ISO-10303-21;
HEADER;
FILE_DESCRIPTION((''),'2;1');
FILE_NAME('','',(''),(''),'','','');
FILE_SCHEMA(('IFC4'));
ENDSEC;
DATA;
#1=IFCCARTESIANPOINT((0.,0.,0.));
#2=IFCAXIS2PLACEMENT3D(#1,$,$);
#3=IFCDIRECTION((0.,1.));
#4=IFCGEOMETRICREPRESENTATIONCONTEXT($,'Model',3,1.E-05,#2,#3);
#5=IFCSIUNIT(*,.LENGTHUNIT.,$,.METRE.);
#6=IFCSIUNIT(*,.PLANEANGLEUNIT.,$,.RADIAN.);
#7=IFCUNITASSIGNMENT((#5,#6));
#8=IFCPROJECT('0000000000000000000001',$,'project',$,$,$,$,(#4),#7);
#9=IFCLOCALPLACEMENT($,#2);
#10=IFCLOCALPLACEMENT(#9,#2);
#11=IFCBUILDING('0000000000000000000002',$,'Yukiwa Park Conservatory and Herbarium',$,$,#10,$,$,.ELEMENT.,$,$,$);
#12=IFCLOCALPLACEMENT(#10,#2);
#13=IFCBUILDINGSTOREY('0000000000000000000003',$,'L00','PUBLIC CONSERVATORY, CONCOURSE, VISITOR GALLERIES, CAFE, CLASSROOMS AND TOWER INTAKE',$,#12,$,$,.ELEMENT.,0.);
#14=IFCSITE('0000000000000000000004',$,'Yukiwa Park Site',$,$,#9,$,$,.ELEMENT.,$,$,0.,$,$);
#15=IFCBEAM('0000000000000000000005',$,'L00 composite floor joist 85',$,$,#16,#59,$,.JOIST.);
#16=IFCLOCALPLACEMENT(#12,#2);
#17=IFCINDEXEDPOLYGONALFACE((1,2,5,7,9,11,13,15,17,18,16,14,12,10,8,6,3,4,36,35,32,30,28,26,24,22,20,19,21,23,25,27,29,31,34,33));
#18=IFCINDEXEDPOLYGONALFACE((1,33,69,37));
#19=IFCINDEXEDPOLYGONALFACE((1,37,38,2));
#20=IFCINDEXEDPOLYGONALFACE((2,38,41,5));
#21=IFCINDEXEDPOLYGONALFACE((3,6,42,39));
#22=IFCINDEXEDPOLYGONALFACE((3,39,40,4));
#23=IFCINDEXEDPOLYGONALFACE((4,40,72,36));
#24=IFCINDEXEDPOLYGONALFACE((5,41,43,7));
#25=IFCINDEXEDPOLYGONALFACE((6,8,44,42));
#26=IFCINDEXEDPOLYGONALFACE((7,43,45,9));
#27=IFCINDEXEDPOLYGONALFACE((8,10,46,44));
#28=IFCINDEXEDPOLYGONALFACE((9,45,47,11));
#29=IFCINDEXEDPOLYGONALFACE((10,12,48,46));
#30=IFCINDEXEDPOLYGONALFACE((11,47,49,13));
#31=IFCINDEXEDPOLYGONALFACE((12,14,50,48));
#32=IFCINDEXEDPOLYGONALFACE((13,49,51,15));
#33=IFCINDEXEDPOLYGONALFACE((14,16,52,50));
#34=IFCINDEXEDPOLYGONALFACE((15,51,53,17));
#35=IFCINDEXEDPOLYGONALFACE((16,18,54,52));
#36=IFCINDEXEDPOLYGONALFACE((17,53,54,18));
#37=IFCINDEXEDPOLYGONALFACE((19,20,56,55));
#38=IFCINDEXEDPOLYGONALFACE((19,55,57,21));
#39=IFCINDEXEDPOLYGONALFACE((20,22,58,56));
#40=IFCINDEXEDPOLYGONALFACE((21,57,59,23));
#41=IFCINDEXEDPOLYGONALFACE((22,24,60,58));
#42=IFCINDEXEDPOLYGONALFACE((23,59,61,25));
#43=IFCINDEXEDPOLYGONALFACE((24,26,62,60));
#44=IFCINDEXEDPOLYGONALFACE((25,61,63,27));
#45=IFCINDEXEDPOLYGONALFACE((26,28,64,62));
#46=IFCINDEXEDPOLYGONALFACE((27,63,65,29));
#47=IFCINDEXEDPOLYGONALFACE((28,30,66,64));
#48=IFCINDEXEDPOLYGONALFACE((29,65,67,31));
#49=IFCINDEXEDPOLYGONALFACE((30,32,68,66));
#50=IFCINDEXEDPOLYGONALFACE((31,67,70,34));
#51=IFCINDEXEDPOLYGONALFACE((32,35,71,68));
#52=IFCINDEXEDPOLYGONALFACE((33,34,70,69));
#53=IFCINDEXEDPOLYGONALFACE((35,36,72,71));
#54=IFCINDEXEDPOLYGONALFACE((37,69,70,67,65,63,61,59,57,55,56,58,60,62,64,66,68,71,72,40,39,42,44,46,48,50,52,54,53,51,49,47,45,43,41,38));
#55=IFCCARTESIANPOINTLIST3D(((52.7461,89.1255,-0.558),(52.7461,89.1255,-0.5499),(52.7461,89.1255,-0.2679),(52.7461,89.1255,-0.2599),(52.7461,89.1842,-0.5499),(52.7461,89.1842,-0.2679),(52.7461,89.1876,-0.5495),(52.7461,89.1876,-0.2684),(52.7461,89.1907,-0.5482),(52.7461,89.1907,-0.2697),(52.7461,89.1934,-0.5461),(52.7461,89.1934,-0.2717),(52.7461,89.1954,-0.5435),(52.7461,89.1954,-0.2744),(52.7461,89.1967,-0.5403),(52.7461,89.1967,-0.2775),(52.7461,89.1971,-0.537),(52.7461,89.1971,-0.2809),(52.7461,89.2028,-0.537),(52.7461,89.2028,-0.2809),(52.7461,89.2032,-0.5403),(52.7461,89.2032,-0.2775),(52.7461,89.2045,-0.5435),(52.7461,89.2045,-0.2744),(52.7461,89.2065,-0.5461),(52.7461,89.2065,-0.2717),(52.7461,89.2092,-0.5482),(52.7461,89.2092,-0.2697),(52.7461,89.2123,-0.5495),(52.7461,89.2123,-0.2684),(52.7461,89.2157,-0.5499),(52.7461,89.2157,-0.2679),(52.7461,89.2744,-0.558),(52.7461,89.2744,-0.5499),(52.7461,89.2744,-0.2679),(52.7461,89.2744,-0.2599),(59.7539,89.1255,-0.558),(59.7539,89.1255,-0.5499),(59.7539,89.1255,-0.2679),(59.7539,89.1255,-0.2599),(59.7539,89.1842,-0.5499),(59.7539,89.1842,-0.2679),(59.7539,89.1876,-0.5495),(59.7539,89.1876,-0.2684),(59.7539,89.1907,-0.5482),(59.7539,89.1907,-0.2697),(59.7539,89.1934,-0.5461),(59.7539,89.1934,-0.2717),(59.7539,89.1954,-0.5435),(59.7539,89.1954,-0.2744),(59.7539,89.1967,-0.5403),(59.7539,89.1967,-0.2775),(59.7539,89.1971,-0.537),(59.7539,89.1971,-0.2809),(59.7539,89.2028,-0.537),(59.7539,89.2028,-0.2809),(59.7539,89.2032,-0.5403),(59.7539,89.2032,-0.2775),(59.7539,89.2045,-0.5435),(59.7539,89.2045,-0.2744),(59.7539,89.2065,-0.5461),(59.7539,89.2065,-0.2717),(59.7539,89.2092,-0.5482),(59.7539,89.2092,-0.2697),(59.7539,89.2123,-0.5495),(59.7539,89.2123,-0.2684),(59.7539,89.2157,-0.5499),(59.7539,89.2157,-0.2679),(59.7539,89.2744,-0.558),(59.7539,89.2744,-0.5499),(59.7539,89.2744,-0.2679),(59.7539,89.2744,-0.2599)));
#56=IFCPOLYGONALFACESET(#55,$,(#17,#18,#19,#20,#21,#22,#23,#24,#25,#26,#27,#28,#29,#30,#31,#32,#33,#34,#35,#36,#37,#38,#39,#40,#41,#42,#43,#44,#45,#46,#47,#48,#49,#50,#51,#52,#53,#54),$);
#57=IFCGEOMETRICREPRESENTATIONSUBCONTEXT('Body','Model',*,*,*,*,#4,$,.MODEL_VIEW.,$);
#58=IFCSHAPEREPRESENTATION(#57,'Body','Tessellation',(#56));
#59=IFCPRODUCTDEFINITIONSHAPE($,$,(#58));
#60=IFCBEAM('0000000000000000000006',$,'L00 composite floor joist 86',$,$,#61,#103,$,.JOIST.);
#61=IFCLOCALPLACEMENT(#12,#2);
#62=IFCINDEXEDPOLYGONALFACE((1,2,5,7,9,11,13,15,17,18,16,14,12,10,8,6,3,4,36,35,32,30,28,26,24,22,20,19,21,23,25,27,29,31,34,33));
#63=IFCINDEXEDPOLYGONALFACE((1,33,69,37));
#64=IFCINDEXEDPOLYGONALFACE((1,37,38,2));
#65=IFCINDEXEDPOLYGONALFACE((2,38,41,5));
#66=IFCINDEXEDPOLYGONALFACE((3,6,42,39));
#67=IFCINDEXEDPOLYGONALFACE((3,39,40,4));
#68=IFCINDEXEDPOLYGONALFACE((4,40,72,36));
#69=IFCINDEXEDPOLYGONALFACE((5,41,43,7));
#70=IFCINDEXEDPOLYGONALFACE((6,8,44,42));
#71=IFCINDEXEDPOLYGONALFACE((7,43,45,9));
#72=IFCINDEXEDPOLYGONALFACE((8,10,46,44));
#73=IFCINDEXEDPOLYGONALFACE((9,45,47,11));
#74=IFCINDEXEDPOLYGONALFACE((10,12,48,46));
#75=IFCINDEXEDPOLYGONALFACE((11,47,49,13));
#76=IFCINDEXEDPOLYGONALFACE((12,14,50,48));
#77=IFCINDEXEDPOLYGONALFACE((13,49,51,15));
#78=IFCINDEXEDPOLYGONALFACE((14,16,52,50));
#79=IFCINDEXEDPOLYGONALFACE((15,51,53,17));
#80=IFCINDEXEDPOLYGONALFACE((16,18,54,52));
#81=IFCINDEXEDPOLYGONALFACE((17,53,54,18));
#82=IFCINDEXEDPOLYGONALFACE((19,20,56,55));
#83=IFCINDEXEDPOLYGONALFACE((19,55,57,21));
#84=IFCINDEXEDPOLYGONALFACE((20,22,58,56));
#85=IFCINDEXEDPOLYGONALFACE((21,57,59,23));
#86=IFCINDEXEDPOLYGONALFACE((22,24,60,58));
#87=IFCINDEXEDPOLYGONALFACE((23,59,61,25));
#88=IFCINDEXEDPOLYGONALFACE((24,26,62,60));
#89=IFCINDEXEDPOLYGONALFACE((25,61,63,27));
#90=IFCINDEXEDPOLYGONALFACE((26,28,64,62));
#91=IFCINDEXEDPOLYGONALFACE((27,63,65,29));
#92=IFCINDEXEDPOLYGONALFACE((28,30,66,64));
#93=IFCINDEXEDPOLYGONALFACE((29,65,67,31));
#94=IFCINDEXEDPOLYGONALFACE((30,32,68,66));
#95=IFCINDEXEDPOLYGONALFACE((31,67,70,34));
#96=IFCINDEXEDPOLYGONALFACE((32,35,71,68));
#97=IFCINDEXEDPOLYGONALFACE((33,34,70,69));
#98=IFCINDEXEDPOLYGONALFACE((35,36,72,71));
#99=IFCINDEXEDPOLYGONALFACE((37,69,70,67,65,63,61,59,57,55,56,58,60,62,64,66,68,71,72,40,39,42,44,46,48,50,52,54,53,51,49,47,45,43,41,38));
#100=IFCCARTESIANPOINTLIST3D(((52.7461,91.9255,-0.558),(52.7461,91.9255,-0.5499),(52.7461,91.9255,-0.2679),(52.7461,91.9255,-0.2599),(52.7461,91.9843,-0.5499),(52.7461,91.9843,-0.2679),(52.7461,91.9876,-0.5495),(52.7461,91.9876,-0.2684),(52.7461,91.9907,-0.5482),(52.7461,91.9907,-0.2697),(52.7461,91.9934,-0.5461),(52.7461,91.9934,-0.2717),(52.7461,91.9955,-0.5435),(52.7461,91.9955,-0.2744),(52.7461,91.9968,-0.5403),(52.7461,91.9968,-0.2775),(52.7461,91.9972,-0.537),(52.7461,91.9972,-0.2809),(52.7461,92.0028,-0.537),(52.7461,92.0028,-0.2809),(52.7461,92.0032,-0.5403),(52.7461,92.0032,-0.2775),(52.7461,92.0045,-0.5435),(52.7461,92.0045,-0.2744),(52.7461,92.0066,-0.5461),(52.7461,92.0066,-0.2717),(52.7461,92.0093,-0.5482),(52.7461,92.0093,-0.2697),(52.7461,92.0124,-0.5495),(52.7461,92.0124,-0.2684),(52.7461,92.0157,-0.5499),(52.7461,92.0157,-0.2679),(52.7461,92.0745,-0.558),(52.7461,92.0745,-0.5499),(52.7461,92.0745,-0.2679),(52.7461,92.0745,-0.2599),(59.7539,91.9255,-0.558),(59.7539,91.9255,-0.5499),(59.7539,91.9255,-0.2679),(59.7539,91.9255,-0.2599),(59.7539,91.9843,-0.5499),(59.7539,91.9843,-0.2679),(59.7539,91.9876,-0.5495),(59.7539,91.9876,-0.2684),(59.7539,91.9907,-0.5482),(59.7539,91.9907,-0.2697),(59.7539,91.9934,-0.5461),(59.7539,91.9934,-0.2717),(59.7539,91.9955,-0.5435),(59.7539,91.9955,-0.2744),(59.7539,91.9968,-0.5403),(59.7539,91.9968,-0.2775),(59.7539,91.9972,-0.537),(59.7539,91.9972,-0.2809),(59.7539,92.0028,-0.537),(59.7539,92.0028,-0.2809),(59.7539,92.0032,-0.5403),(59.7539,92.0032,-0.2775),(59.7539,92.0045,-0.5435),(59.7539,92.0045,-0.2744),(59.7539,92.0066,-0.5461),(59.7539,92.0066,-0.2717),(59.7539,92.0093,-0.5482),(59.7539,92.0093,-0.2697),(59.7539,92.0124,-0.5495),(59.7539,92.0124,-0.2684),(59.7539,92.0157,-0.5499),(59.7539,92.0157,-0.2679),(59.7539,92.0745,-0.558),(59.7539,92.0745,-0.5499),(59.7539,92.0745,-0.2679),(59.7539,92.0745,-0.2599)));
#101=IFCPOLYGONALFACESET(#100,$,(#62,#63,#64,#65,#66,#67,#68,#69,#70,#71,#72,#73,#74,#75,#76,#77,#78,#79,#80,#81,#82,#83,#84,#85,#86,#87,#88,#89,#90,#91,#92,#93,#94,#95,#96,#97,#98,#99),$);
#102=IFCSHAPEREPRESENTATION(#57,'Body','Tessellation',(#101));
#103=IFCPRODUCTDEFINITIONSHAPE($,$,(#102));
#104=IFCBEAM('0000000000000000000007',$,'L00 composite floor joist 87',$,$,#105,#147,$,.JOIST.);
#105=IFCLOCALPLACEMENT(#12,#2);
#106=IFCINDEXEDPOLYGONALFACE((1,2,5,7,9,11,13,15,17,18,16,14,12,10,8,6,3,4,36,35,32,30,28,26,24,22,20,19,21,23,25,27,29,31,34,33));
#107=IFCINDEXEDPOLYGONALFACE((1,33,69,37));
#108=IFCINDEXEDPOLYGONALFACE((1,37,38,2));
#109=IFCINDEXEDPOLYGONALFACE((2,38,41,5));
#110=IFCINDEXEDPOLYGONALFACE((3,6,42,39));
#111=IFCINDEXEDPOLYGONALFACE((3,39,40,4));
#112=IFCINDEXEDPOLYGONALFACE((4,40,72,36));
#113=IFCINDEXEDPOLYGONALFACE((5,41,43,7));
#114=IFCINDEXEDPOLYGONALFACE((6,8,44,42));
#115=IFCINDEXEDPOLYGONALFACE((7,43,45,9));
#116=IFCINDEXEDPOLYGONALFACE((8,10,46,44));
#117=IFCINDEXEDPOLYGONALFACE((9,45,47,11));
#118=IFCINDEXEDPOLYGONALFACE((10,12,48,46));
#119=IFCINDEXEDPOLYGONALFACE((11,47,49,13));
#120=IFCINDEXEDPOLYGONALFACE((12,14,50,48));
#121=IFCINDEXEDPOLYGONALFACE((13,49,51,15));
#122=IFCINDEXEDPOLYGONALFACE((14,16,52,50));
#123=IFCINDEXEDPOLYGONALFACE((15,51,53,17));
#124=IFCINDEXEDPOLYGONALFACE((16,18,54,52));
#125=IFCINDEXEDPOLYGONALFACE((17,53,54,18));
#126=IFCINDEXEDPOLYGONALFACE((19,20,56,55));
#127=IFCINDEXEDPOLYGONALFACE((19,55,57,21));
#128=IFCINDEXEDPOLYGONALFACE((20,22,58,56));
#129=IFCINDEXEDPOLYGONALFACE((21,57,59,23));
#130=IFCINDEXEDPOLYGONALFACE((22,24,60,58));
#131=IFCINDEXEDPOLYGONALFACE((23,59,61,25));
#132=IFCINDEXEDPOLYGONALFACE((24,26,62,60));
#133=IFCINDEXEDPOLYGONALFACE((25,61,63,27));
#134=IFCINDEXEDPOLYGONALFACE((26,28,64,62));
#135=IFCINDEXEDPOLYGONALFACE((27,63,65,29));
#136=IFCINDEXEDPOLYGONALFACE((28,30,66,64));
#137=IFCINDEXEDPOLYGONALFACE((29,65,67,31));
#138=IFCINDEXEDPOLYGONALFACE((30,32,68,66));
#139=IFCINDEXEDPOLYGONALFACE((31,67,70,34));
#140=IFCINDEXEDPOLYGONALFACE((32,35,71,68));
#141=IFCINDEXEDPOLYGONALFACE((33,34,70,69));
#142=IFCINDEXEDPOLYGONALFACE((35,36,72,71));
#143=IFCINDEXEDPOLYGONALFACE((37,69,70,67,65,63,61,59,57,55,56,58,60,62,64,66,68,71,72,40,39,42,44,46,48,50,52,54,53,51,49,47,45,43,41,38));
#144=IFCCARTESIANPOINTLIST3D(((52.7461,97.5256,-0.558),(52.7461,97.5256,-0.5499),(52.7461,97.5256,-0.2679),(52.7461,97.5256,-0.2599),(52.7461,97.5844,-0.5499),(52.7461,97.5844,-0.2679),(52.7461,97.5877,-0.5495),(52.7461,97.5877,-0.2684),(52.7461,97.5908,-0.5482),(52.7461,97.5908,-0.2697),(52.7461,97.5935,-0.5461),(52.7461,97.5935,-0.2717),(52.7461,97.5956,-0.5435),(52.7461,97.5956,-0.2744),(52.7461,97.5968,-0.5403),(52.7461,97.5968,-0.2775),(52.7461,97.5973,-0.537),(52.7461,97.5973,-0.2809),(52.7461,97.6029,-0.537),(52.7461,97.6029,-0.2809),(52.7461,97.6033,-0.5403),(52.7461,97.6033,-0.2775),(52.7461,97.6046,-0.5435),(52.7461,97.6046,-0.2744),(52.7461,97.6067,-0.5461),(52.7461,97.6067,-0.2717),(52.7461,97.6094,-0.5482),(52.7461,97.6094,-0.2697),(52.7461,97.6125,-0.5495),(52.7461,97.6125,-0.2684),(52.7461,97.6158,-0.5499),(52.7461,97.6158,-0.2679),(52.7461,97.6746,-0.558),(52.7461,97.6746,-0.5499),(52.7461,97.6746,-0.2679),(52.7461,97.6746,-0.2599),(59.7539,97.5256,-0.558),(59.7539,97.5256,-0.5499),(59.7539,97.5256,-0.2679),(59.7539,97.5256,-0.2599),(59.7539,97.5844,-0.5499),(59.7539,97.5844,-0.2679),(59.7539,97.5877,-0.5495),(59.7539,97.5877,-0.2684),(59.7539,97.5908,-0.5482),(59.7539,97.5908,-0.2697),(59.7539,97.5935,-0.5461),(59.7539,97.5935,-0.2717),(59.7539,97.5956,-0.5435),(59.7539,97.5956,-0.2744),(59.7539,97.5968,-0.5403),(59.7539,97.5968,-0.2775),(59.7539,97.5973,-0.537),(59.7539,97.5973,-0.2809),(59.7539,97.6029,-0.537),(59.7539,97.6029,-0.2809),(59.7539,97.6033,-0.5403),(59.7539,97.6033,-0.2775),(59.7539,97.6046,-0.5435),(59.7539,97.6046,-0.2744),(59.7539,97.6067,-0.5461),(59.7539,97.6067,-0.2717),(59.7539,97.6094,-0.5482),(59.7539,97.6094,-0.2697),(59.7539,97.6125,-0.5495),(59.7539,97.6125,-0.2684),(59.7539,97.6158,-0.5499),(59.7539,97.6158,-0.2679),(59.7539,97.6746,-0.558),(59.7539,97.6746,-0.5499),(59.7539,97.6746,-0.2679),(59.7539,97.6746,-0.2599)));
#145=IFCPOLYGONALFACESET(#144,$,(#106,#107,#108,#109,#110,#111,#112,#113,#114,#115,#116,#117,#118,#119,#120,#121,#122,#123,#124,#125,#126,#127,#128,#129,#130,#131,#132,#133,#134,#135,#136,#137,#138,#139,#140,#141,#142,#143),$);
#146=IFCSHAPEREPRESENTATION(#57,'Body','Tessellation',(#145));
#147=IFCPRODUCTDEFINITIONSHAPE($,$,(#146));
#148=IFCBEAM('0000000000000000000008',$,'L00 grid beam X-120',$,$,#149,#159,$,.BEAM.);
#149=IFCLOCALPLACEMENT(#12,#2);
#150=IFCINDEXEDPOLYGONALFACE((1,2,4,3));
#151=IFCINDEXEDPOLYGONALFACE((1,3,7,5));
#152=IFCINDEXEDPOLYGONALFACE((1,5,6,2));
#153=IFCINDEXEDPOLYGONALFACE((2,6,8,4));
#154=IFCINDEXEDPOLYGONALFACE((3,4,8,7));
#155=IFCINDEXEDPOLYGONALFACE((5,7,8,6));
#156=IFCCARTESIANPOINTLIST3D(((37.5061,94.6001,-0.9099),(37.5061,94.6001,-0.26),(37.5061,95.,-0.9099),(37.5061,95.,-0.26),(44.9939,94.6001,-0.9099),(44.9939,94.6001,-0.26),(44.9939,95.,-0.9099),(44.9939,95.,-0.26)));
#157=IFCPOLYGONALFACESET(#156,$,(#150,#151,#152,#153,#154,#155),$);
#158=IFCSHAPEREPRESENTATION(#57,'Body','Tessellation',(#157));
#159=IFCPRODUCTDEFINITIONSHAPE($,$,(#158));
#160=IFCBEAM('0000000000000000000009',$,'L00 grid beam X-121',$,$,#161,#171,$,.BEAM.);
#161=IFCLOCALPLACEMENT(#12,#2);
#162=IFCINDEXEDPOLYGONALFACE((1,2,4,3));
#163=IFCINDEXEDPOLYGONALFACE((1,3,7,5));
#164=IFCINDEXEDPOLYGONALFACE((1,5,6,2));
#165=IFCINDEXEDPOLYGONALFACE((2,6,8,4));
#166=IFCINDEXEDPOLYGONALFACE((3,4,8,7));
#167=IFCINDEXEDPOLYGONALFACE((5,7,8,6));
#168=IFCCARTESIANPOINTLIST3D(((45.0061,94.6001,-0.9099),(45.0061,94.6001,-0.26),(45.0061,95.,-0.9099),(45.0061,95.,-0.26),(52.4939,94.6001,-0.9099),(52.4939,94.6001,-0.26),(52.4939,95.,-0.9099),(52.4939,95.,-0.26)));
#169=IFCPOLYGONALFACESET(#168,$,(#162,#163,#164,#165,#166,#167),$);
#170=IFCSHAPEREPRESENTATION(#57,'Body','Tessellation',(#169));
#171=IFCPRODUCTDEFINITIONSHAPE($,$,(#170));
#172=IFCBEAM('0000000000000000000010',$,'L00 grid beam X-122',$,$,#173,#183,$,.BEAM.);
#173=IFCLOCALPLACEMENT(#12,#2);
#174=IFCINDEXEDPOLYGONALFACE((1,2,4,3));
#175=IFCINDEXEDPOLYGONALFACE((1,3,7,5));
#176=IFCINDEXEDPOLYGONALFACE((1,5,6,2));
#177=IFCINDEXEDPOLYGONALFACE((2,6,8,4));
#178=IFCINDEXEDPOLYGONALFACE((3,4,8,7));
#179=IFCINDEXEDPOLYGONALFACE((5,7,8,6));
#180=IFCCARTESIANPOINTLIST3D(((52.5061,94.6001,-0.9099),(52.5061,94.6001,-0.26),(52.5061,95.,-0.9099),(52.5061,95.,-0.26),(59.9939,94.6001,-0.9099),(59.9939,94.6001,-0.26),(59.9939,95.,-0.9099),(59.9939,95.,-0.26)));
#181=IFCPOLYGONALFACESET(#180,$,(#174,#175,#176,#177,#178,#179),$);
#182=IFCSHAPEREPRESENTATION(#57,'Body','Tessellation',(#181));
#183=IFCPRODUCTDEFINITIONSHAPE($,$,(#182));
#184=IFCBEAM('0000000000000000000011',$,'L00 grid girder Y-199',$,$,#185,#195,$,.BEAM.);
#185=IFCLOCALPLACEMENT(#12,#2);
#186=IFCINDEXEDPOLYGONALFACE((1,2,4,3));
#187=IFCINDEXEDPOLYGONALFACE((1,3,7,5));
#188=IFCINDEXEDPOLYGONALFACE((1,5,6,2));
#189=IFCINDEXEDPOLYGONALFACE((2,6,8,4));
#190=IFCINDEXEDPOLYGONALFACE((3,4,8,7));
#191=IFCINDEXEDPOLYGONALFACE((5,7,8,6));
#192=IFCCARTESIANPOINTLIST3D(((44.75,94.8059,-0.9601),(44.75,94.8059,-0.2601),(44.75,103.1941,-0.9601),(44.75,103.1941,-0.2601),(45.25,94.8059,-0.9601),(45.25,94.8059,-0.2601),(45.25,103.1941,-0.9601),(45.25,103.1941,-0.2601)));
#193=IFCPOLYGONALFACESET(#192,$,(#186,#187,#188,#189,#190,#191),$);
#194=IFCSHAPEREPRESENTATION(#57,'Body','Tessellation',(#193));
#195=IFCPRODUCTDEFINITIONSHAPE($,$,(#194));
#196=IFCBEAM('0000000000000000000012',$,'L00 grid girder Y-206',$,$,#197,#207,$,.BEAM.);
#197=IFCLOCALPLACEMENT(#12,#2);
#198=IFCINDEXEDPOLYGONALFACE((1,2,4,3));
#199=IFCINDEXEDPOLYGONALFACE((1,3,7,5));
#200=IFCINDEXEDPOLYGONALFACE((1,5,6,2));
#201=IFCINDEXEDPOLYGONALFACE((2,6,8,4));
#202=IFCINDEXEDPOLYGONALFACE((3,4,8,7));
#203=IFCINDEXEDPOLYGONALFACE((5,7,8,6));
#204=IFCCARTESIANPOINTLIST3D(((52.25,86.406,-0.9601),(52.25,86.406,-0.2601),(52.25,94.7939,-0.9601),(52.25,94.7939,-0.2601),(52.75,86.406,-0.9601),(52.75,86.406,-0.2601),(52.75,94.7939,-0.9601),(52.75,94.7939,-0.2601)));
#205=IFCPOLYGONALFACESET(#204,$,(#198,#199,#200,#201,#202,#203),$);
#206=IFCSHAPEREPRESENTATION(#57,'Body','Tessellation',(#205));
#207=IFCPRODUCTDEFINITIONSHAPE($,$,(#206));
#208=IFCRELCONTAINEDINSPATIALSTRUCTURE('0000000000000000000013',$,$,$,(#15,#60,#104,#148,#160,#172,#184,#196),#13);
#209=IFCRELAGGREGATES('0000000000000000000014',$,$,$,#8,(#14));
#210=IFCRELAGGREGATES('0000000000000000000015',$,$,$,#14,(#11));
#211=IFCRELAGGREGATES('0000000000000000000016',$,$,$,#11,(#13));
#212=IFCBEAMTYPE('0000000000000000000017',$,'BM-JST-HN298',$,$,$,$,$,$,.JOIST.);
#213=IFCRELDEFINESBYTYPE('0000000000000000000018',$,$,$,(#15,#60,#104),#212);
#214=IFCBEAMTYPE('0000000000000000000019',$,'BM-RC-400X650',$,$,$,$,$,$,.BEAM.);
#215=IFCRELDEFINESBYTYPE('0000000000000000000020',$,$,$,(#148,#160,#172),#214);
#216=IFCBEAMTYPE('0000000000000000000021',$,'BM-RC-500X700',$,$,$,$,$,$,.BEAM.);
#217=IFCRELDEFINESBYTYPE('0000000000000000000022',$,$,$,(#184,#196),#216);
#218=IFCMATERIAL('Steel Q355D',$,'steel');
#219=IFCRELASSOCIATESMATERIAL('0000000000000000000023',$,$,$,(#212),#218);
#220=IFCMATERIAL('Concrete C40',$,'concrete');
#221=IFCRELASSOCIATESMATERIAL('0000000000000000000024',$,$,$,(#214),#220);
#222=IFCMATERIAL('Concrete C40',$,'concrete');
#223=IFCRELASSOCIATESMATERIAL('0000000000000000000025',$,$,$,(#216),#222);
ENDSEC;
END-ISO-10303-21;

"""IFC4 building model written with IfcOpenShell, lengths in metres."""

from ifc_helpers import new_model, si_unit, direction, frame, origin, origin_2d, place, context, subcontext, project, spatial, rectangle, i_section, extrude, material, material_profile, profile_set, type_object, element, save


model = new_model("IFC4")

# Units and contexts
model_context = context("Model", 3, precision=1e-05, world=origin(), true_north=direction((0.0, 1.0)))
body_context = subcontext(model_context, "Body", "Model", "MODEL_VIEW")
ifc_project = project(units=[si_unit("LENGTHUNIT", "METRE"), si_unit("PLANEANGLEUNIT", "RADIAN")], contexts=[model_context])

# Site, building, storey
site_placement = place(None, origin())
site = spatial("IfcSite", under=ifc_project, at=site_placement, Name="Yukiwa Park Site", CompositionType="ELEMENT", RefElevation=0.0)
building_placement = place(site_placement, origin())
building = spatial("IfcBuilding", under=site, at=building_placement, Name="Yukiwa Park Conservatory and Herbarium", CompositionType="ELEMENT")
storey_placement = place(building_placement, origin())
storey = spatial("IfcBuildingStorey", under=building, at=storey_placement, Name="L00", Description="PUBLIC CONSERVATORY, CONCOURSE, VISITOR GALLERIES, CAFE, CLASSROOMS AND TOWER INTAKE", CompositionType="ELEMENT", Elevation=0.0)

# Beams
ifc_material_1 = material(Name="Steel Q355D", Category="steel")
ifc_material_profile_1 = material_profile(ifc_material_1, i_section(OverallWidth=0.1489, OverallDepth=0.2981, WebThickness=0.0056, FlangeThickness=0.0081, FilletRadius=0.0129, at=origin_2d()), Name="HN 298x149x5.5x8")
ifc_profile_set_1 = profile_set([ifc_material_profile_1], Name="Steel Q355D")
beam_type_1 = type_object("IfcBeamType", Name="BM-JST-HN298", PredefinedType="JOIST", material=ifc_profile_set_1)
for number, where, z_axis, x_axis, name in (
    (1, (52.7461, 89.2, -0.4089), (1.0, 0.0, 0.0), (0.0, 1.0, 0.0), "L00 composite floor joist 85"),
    (2, (52.7461, 92.0, -0.4089), (1.0, 0.0, 0.0), (0.0, 1.0, 0.0), "L00 composite floor joist 86"),
    (3, (52.7461, 97.6001, -0.4089), (1.0, 0.0, 0.0), (0.0, 1.0, 0.0), "L00 composite floor joist 87"),
):
    element("IfcBeam", number, at=place(storey_placement, frame(where, z_axis=z_axis, x_axis=x_axis)), inside=storey, type_object=beam_type_1, Name=name, PredefinedType="JOIST", context=body_context, shape_type="SweptSolid", body=[
        extrude(i_section(OverallWidth=0.1489, OverallDepth=0.2981, WebThickness=0.0056, FlangeThickness=0.0081, FilletRadius=0.0129, at=origin_2d()), origin(), (0.0, 0.0, 1.0), 7.0078),
    ])
ifc_material_2 = material(Name="Concrete C40", Category="concrete")
ifc_material_profile_2 = material_profile(ifc_material_2, rectangle(XDim=0.3999, YDim=0.6499, at=origin_2d()), Name="RC 400x650")
ifc_profile_set_2 = profile_set([ifc_material_profile_2], Name="Concrete C40")
beam_type_2 = type_object("IfcBeamType", Name="BM-RC-400X650", PredefinedType="BEAM", material=ifc_profile_set_2)
for number, where, z_axis, x_axis, name in (
    (4, (37.5061, 94.8, -0.585), (1.0, 0.0, 0.0), (0.0, 1.0, 0.0), "L00 grid beam X-120"),
    (5, (45.0061, 94.8, -0.585), (1.0, 0.0, 0.0), (0.0, 1.0, 0.0), "L00 grid beam X-121"),
    (6, (52.5061, 94.8, -0.585), (1.0, 0.0, 0.0), (0.0, 1.0, 0.0), "L00 grid beam X-122"),
):
    element("IfcBeam", number, at=place(storey_placement, frame(where, z_axis=z_axis, x_axis=x_axis)), inside=storey, type_object=beam_type_2, Name=name, PredefinedType="BEAM", context=body_context, shape_type="SweptSolid", body=[
        extrude(rectangle(XDim=0.3999, YDim=0.6499, at=origin_2d()), origin(), (0.0, 0.0, 1.0), 7.4878),
    ])
ifc_material_3 = material(Name="Concrete C40", Category="concrete")
ifc_material_profile_3 = material_profile(ifc_material_3, rectangle(XDim=0.5, YDim=0.7, at=origin_2d()), Name="RC 500x700")
ifc_profile_set_3 = profile_set([ifc_material_profile_3], Name="Concrete C40")
beam_type_3 = type_object("IfcBeamType", Name="BM-RC-500X700", PredefinedType="BEAM", material=ifc_profile_set_3)
beam_1_placement = place(storey_placement, frame((45.0, 94.8059, -0.6101), z_axis=(0.0, 1.0, 0.0), x_axis=(-1.0, 0.0, 0.0)))
element("IfcBeam", 7, at=beam_1_placement, inside=storey, type_object=beam_type_3, Name="L00 grid girder Y-199", PredefinedType="BEAM", context=body_context, shape_type="SweptSolid", body=[
    extrude(rectangle(XDim=0.5, YDim=0.7, at=origin_2d()), origin(), (0.0, 0.0, 1.0), 8.3882),
])
beam_2_placement = place(storey_placement, frame((52.5, 86.406, -0.6101), z_axis=(0.0, 1.0, 0.0), x_axis=(-1.0, 0.0, 0.0)))
element("IfcBeam", 8, at=beam_2_placement, inside=storey, type_object=beam_type_3, Name="L00 grid girder Y-206", PredefinedType="BEAM", context=body_context, shape_type="SweptSolid", body=[
    extrude(rectangle(XDim=0.5, YDim=0.7, at=origin_2d()), origin(), (0.0, 0.0, 1.0), 8.3879),
])

save(model, "model.ifc")
